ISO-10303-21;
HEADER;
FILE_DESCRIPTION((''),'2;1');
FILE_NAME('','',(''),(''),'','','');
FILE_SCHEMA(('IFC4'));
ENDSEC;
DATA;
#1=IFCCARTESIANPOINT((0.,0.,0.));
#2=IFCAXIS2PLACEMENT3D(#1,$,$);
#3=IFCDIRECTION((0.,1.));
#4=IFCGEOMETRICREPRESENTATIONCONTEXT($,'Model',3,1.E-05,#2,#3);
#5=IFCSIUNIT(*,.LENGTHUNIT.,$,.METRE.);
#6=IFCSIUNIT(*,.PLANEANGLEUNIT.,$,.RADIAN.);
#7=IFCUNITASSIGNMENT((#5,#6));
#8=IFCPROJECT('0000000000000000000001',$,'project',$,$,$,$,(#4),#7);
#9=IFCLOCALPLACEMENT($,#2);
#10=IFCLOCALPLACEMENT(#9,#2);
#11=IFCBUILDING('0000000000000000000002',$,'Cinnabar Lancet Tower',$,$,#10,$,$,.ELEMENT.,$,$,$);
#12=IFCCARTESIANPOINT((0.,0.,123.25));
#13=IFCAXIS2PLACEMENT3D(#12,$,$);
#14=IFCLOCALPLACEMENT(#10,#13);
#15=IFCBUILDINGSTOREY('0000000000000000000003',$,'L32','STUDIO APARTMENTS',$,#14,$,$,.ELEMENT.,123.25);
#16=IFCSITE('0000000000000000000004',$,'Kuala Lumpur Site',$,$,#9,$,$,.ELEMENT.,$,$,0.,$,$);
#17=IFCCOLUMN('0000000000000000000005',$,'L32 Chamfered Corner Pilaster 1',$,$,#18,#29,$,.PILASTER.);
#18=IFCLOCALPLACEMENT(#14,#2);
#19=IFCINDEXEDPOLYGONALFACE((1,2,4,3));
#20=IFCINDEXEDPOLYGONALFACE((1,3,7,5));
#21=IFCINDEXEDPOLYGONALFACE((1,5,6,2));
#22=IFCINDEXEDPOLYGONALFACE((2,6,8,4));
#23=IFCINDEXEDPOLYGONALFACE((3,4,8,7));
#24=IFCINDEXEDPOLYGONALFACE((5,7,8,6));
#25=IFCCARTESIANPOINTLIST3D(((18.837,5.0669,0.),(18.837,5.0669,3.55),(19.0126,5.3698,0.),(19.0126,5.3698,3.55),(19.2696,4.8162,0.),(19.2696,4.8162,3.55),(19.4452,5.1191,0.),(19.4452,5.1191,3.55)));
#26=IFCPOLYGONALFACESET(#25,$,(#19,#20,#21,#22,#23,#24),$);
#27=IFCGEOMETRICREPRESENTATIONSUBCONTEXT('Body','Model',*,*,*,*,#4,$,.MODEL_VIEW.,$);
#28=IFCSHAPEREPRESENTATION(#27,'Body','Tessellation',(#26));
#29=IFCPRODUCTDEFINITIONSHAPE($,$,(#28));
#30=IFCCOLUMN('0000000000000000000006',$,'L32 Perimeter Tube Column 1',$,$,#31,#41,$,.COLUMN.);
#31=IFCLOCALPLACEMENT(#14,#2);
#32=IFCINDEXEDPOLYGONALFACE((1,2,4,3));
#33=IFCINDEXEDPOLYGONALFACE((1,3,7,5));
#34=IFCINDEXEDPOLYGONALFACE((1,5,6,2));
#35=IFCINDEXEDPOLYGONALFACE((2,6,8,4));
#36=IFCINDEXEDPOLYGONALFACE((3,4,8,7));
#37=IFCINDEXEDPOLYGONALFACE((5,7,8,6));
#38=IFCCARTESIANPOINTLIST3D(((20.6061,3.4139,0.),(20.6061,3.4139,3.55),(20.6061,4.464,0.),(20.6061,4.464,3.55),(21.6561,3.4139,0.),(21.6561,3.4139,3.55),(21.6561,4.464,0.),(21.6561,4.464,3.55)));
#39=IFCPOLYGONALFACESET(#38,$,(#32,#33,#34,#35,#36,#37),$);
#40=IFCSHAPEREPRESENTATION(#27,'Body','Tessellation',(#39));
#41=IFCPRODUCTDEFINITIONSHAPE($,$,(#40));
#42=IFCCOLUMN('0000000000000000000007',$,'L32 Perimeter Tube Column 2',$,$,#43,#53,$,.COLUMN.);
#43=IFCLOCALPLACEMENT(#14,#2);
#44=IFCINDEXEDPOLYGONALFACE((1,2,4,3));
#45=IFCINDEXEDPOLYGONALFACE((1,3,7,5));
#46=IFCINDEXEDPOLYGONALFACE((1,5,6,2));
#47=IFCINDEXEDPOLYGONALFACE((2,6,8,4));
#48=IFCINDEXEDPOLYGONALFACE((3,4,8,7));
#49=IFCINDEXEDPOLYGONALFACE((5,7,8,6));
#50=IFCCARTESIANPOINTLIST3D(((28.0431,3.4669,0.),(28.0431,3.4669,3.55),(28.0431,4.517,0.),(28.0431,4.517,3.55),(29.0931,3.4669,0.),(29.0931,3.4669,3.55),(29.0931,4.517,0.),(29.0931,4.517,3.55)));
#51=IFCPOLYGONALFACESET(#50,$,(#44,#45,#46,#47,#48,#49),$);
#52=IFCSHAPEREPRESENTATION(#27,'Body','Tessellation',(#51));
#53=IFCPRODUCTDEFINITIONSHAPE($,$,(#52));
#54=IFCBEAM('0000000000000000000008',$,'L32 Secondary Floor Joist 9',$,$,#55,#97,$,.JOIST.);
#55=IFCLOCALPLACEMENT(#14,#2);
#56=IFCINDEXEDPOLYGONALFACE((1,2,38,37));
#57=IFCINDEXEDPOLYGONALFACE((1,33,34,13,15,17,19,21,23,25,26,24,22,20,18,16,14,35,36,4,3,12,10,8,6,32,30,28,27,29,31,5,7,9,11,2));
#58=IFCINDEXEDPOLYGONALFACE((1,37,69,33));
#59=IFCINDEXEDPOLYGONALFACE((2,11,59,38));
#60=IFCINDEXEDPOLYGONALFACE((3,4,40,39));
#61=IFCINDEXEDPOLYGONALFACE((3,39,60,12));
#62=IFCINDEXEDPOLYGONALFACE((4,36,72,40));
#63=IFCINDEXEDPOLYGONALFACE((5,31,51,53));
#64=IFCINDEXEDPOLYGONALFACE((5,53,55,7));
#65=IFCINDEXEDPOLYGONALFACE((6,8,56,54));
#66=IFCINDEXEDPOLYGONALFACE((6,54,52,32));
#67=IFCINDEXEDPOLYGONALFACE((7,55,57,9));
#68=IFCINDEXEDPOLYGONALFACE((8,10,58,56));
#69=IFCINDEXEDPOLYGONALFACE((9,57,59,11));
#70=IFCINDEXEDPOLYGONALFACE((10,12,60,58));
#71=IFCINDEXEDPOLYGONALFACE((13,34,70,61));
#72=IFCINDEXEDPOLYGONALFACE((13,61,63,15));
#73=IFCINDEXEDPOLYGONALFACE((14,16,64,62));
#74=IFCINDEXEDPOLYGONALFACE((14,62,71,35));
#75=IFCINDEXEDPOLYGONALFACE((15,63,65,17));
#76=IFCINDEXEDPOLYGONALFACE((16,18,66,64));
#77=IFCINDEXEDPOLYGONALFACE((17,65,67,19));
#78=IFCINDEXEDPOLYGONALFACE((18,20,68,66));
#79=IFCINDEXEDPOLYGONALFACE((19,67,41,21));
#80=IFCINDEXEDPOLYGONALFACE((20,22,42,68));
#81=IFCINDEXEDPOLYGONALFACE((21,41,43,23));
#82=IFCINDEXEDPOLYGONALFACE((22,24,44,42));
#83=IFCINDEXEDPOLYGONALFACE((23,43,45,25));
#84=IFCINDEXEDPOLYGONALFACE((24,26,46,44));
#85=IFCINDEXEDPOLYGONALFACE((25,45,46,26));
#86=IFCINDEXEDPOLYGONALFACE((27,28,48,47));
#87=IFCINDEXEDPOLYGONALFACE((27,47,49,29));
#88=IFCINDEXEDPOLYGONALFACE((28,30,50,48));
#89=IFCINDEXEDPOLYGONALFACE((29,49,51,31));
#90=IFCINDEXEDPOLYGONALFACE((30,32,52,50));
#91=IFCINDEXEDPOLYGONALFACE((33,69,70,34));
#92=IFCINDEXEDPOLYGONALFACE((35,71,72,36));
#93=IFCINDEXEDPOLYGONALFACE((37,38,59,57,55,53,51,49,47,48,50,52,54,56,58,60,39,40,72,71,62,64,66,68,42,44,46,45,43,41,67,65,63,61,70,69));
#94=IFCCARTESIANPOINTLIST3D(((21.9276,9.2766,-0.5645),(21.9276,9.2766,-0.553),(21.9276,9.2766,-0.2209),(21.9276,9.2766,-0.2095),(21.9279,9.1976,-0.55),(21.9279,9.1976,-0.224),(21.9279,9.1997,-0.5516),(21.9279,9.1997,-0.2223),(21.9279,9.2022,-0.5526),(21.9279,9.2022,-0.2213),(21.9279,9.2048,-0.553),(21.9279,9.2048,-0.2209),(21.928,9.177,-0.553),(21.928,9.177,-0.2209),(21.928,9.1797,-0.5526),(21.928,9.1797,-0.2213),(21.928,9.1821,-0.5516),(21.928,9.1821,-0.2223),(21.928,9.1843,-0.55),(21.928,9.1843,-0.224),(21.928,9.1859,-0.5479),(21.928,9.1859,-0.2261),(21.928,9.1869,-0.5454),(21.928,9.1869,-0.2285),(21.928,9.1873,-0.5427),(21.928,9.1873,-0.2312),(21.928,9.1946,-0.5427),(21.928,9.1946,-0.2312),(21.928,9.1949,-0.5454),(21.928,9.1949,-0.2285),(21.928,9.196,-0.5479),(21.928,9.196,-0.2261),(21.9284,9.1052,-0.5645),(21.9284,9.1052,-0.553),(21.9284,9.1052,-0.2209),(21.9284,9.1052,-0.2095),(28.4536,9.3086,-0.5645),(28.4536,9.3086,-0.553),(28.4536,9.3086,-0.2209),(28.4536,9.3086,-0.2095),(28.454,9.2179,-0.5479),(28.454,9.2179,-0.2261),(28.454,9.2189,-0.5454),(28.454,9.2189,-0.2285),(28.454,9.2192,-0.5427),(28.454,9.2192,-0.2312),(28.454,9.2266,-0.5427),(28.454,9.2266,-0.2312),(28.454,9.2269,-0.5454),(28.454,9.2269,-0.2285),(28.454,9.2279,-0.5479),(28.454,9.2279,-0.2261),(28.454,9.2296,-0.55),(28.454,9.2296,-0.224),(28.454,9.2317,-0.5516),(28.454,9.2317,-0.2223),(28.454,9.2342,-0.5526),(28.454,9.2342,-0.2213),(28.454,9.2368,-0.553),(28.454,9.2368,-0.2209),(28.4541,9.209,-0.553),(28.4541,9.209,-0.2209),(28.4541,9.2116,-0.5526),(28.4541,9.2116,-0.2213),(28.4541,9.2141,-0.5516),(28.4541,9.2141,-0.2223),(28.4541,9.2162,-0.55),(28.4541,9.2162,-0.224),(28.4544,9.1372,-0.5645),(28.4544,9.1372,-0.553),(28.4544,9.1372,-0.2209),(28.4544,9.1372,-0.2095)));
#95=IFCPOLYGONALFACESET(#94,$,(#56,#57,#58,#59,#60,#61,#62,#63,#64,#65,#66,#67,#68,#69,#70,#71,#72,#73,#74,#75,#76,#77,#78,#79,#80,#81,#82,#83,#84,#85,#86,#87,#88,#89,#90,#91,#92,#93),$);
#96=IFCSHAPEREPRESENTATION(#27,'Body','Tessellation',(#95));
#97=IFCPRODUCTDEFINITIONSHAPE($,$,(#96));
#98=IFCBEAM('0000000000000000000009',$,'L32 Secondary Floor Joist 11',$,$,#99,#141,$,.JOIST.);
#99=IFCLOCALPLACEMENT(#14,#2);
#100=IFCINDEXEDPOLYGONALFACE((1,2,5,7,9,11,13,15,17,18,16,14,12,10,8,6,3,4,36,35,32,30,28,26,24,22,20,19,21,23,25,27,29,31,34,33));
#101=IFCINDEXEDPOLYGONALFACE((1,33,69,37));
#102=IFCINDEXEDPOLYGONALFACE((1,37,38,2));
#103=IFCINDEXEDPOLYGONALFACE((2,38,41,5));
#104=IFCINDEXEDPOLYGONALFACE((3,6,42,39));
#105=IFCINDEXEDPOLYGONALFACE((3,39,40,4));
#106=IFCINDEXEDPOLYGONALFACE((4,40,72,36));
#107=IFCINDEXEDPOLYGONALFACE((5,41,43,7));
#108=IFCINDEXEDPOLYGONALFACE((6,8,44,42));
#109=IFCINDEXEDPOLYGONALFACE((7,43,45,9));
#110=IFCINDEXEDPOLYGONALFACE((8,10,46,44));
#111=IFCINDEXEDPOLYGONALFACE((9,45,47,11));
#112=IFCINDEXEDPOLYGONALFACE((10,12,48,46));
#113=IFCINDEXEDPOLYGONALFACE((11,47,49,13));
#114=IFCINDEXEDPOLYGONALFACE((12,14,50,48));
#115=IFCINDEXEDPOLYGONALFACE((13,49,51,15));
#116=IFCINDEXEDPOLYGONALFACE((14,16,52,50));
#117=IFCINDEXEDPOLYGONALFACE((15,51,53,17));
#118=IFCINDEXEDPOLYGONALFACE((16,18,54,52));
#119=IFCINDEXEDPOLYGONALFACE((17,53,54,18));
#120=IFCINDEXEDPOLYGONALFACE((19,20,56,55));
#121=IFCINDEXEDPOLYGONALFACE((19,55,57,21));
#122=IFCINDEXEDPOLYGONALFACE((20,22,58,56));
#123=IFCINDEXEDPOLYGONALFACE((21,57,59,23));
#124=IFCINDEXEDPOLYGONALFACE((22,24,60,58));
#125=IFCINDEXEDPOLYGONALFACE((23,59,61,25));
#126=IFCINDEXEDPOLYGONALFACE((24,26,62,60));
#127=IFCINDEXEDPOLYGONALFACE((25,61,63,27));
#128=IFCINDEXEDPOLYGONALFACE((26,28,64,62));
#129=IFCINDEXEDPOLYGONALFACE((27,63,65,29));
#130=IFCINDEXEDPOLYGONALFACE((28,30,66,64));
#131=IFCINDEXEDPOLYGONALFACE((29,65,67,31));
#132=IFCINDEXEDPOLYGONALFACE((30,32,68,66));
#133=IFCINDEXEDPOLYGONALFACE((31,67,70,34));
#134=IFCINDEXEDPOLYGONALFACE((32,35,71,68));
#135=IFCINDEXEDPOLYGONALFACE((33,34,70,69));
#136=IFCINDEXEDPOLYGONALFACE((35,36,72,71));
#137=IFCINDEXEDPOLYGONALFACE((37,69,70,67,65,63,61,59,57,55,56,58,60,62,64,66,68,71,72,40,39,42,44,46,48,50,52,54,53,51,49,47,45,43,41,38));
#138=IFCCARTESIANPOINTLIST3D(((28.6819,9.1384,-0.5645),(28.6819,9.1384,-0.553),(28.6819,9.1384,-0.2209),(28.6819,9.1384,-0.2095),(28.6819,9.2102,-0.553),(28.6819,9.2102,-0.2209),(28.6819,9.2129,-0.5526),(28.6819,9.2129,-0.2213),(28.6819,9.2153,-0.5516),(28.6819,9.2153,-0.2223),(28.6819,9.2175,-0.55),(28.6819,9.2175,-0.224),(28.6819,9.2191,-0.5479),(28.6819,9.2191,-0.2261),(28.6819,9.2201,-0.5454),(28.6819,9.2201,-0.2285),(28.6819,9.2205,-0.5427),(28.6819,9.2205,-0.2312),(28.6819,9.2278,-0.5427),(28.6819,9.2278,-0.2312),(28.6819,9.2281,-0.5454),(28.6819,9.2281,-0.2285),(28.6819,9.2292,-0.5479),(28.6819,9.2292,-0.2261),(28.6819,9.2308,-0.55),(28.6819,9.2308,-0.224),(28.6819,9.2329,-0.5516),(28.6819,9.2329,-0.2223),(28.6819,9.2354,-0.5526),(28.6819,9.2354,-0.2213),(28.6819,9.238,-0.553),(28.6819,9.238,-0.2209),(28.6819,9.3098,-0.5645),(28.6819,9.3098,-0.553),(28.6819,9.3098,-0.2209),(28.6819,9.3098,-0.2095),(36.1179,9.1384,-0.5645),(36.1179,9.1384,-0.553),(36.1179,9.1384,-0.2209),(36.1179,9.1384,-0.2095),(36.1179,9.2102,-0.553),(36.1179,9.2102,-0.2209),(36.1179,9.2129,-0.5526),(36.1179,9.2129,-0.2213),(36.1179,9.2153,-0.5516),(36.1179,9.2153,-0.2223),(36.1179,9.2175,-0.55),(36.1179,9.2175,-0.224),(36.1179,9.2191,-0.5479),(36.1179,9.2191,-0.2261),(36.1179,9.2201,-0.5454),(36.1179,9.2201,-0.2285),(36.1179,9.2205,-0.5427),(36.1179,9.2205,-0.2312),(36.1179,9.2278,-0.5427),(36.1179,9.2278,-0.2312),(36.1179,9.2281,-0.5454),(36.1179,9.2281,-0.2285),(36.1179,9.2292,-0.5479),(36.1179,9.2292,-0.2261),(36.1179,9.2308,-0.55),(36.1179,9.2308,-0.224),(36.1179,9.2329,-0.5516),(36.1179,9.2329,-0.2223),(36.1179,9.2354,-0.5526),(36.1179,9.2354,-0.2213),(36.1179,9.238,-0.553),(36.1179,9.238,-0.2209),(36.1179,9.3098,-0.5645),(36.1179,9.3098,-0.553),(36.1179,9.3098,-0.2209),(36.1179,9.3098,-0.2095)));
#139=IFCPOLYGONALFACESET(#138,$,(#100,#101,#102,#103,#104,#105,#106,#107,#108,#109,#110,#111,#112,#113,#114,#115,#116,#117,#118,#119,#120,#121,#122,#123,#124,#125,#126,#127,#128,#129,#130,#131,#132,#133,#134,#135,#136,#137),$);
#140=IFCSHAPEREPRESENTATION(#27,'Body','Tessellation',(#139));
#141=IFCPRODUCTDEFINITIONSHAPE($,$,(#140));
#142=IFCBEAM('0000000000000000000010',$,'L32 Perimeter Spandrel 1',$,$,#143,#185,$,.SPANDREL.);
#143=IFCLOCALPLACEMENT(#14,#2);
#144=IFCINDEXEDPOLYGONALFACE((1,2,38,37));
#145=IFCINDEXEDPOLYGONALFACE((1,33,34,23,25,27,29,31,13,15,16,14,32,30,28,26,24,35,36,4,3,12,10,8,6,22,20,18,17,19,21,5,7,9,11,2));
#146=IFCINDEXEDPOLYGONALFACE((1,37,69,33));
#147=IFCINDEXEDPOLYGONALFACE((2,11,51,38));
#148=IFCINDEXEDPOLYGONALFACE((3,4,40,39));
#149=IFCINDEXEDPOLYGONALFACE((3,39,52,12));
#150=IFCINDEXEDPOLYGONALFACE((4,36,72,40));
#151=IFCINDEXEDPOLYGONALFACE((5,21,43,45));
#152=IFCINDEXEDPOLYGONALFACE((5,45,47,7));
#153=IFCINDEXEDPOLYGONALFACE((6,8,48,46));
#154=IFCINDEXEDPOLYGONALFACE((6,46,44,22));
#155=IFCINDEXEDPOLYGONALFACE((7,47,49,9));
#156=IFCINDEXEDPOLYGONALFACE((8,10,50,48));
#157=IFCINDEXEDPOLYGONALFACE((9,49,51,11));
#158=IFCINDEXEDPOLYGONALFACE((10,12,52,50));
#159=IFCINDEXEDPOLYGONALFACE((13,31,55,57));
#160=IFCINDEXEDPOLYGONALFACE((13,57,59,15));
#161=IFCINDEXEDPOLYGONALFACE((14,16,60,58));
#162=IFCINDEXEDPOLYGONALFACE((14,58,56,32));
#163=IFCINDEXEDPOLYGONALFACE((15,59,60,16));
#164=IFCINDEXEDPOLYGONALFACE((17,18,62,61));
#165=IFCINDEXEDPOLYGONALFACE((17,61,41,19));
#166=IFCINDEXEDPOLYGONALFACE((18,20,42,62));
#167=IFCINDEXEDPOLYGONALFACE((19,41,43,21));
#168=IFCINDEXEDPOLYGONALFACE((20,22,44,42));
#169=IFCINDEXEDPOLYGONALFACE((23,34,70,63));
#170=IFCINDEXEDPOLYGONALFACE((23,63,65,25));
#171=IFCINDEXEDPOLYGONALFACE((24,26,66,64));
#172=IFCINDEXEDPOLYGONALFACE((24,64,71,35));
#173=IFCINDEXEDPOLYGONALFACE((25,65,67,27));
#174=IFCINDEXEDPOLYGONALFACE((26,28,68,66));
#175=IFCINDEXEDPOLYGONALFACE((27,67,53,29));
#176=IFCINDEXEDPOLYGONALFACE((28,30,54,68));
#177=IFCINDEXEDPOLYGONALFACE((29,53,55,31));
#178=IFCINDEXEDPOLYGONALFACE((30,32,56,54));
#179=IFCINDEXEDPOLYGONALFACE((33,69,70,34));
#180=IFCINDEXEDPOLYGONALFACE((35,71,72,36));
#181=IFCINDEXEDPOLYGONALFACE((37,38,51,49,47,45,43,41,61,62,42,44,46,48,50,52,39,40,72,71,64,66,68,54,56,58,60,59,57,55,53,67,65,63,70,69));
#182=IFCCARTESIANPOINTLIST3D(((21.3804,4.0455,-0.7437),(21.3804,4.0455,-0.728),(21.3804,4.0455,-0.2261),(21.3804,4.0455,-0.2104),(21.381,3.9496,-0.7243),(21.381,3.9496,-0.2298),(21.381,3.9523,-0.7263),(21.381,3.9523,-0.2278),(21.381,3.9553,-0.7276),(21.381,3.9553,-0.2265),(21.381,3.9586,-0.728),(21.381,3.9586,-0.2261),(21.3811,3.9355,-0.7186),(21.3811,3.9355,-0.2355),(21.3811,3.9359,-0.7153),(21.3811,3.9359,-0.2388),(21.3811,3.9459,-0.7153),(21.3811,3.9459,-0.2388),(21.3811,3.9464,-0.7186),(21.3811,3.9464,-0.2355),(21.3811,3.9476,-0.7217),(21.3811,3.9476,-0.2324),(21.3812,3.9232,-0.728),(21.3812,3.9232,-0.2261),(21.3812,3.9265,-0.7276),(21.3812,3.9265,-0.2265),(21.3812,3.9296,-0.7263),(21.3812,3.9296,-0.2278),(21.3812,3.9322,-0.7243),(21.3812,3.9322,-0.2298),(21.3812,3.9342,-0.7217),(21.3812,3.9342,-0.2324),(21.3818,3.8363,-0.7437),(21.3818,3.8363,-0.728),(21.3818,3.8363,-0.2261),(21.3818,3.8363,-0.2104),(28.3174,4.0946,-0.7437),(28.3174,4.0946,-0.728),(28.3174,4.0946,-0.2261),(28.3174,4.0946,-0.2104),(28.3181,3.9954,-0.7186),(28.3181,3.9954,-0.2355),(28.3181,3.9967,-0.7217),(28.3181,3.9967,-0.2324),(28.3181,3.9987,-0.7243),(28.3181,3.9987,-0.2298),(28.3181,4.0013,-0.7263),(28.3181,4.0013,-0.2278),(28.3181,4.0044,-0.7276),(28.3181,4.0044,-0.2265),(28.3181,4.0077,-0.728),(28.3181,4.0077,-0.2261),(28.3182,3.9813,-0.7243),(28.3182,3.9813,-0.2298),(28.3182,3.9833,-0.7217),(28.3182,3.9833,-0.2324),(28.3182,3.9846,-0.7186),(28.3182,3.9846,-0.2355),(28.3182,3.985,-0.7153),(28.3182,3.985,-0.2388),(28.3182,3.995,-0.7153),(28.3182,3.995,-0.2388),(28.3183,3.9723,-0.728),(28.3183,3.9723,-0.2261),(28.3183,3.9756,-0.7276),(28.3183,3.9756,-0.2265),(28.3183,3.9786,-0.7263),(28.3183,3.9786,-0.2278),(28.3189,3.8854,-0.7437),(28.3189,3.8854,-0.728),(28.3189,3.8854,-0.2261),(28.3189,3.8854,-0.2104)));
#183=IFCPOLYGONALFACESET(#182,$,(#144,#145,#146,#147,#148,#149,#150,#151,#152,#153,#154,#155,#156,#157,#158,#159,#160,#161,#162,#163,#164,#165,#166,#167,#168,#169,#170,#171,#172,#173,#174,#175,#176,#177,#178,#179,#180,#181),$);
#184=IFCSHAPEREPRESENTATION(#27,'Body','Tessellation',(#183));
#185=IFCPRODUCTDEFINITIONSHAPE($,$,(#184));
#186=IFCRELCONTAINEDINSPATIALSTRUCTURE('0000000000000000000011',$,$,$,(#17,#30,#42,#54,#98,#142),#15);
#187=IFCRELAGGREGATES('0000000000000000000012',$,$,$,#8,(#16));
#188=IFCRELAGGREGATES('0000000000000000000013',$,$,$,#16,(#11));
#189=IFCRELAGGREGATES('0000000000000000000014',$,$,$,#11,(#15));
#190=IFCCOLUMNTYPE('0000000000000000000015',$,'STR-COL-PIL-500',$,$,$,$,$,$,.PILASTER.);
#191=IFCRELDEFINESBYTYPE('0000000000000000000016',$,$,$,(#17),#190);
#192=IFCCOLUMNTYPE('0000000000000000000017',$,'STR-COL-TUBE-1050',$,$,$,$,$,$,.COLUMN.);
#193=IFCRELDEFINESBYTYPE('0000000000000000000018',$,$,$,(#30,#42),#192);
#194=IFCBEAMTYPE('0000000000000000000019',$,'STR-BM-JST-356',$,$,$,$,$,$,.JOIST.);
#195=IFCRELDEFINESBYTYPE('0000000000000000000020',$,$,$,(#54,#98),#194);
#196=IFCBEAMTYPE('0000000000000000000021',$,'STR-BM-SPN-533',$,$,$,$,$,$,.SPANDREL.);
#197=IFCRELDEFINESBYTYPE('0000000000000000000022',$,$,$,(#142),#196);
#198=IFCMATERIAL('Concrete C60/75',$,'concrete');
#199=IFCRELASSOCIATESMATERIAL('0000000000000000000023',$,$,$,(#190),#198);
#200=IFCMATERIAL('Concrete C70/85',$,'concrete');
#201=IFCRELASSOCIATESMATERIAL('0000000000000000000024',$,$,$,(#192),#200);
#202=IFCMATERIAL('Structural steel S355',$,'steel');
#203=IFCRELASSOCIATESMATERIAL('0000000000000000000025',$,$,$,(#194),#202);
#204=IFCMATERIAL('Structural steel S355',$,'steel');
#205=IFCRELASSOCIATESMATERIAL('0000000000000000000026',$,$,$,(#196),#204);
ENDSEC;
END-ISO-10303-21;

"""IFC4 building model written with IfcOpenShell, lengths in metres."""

from ifc_helpers import new_model, si_unit, direction, frame, origin, origin_2d, place, context, subcontext, project, spatial, rectangle, i_section, extrude, material, material_profile, profile_set, type_object, element, save


model = new_model("IFC4")

# Units and contexts
model_context = context("Model", 3, precision=1e-05, world=origin(), true_north=direction((0.0, 1.0)))
body_context = subcontext(model_context, "Body", "Model", "MODEL_VIEW")
ifc_project = project(units=[si_unit("LENGTHUNIT", "METRE"), si_unit("PLANEANGLEUNIT", "RADIAN")], contexts=[model_context])

# Site, building, storey
site_placement = place(None, origin())
site = spatial("IfcSite", under=ifc_project, at=site_placement, Name="Kuala Lumpur Site", CompositionType="ELEMENT", RefElevation=0.0)
building_placement = place(site_placement, origin())
building = spatial("IfcBuilding", under=site, at=building_placement, Name="Cinnabar Lancet Tower", CompositionType="ELEMENT")
storey_placement = place(building_placement, frame((0.0, 0.0, 123.25)))
storey = spatial("IfcBuildingStorey", under=building, at=storey_placement, Name="L32", Description="STUDIO APARTMENTS", CompositionType="ELEMENT", Elevation=123.25)

# Columns
ifc_material_1 = material(Name="Concrete C60/75", Category="concrete")
ifc_material_profile_1 = material_profile(ifc_material_1, rectangle(XDim=0.5, YDim=0.3501, at=origin_2d()), Name="RC-PIL 500x350")
ifc_profile_set_1 = profile_set([ifc_material_profile_1], Name="Concrete C60/75")
column_type_1 = type_object("IfcColumnType", Name="STR-COL-PIL-500", PredefinedType="PILASTER", material=ifc_profile_set_1)
column_placement = place(storey_placement, frame((19.1411, 5.093, 0.0), z_axis=(0.0, 0.0, 1.0), x_axis=(0.86516, -0.501496, 0.0)))
element("IfcColumn", 1, at=column_placement, inside=storey, type_object=column_type_1, Name="L32 Chamfered Corner Pilaster 1", PredefinedType="PILASTER", context=body_context, shape_type="SweptSolid", body=[
    extrude(rectangle(XDim=0.5, YDim=0.3501, at=origin_2d()), origin(), (0.0, 0.0, 1.0), 3.55),
])
ifc_material_2 = material(Name="Concrete C70/85", Category="concrete")
ifc_material_profile_2 = material_profile(ifc_material_2, rectangle(XDim=1.05, YDim=1.05, at=origin_2d()), Name="RC-COL 1050x1050")
ifc_profile_set_2 = profile_set([ifc_material_profile_2], Name="Concrete C70/85")
column_type_2 = type_object("IfcColumnType", Name="STR-COL-TUBE-1050", PredefinedType="COLUMN", material=ifc_profile_set_2)
for number, where, z_axis, x_axis, name in (
    (2, (21.1311, 3.939, 0.0), (0.0, 0.0, 1.0), (1.0, 0.0, 0.0), "L32 Perimeter Tube Column 1"),
    (3, (28.5681, 3.9919, 0.0), (0.0, 0.0, 1.0), (1.0, 0.0, 0.0), "L32 Perimeter Tube Column 2"),
):
    element("IfcColumn", number, at=place(storey_placement, frame(where, z_axis=z_axis, x_axis=x_axis)), inside=storey, type_object=column_type_2, Name=name, PredefinedType="COLUMN", context=body_context, shape_type="SweptSolid", body=[
        extrude(rectangle(XDim=1.05, YDim=1.05, at=origin_2d()), origin(), (0.0, 0.0, 1.0), 3.55),
    ])

# Beams
ifc_material_3 = material(Name="Structural steel S355", Category="steel")
ifc_material_profile_3 = material_profile(ifc_material_3, i_section(OverallWidth=0.1714, OverallDepth=0.355, WebThickness=0.0073, FlangeThickness=0.0115, FilletRadius=0.0103, at=origin_2d()), Name="UKB 356x171x51")
ifc_profile_set_3 = profile_set([ifc_material_profile_3], Name="Structural steel S355")
beam_type_1 = type_object("IfcBeamType", Name="STR-BM-JST-356", PredefinedType="JOIST", material=ifc_profile_set_3)
beam_1_placement = place(storey_placement, frame((21.928, 9.1909, -0.387), z_axis=(0.999988, 0.004901, 0.0), x_axis=(-0.004901, 0.999988, 0.0)))
element("IfcBeam", 4, at=beam_1_placement, inside=storey, type_object=beam_type_1, Name="L32 Secondary Floor Joist 9", PredefinedType="JOIST", context=body_context, shape_type="SweptSolid", body=[
    extrude(i_section(OverallWidth=0.1714, OverallDepth=0.355, WebThickness=0.0073, FlangeThickness=0.0115, FilletRadius=0.0103, at=origin_2d()), origin(), (0.0, 0.0, 1.0), 6.5261),
])
beam_2_placement = place(storey_placement, frame((28.6819, 9.2241, -0.387), z_axis=(1.0, 0.0, 0.0), x_axis=(0.0, 1.0, 0.0)))
element("IfcBeam", 5, at=beam_2_placement, inside=storey, type_object=beam_type_1, Name="L32 Secondary Floor Joist 11", PredefinedType="JOIST", context=body_context, shape_type="SweptSolid", body=[
    extrude(i_section(OverallWidth=0.1714, OverallDepth=0.355, WebThickness=0.0073, FlangeThickness=0.0115, FilletRadius=0.0103, at=origin_2d()), origin(), (0.0, 0.0, 1.0), 7.436),
])
ifc_material_4 = material(Name="Structural steel S355", Category="steel")
ifc_material_profile_4 = material_profile(ifc_material_4, i_section(OverallWidth=0.2092, OverallDepth=0.5332, WebThickness=0.01, FlangeThickness=0.0156, FilletRadius=0.0127, at=origin_2d()), Name="UKB 533x210x92")
ifc_profile_set_4 = profile_set([ifc_material_profile_4], Name="Structural steel S355")
beam_type_2 = type_object("IfcBeamType", Name="STR-BM-SPN-533", PredefinedType="SPANDREL", material=ifc_profile_set_4)
beam_3_placement = place(storey_placement, frame((21.3811, 3.9409, -0.4771), z_axis=(0.999975, 0.007074, 0.0), x_axis=(-0.007074, 0.999975, 0.0)))
element("IfcBeam", 6, at=beam_3_placement, inside=storey, type_object=beam_type_2, Name="L32 Perimeter Spandrel 1", PredefinedType="SPANDREL", context=body_context, shape_type="SweptSolid", body=[
    extrude(i_section(OverallWidth=0.2092, OverallDepth=0.5332, WebThickness=0.01, FlangeThickness=0.0156, FilletRadius=0.0127, at=origin_2d()), origin(), (0.0, 0.0, 1.0), 6.9373),
])

save(model, "model.ifc")
